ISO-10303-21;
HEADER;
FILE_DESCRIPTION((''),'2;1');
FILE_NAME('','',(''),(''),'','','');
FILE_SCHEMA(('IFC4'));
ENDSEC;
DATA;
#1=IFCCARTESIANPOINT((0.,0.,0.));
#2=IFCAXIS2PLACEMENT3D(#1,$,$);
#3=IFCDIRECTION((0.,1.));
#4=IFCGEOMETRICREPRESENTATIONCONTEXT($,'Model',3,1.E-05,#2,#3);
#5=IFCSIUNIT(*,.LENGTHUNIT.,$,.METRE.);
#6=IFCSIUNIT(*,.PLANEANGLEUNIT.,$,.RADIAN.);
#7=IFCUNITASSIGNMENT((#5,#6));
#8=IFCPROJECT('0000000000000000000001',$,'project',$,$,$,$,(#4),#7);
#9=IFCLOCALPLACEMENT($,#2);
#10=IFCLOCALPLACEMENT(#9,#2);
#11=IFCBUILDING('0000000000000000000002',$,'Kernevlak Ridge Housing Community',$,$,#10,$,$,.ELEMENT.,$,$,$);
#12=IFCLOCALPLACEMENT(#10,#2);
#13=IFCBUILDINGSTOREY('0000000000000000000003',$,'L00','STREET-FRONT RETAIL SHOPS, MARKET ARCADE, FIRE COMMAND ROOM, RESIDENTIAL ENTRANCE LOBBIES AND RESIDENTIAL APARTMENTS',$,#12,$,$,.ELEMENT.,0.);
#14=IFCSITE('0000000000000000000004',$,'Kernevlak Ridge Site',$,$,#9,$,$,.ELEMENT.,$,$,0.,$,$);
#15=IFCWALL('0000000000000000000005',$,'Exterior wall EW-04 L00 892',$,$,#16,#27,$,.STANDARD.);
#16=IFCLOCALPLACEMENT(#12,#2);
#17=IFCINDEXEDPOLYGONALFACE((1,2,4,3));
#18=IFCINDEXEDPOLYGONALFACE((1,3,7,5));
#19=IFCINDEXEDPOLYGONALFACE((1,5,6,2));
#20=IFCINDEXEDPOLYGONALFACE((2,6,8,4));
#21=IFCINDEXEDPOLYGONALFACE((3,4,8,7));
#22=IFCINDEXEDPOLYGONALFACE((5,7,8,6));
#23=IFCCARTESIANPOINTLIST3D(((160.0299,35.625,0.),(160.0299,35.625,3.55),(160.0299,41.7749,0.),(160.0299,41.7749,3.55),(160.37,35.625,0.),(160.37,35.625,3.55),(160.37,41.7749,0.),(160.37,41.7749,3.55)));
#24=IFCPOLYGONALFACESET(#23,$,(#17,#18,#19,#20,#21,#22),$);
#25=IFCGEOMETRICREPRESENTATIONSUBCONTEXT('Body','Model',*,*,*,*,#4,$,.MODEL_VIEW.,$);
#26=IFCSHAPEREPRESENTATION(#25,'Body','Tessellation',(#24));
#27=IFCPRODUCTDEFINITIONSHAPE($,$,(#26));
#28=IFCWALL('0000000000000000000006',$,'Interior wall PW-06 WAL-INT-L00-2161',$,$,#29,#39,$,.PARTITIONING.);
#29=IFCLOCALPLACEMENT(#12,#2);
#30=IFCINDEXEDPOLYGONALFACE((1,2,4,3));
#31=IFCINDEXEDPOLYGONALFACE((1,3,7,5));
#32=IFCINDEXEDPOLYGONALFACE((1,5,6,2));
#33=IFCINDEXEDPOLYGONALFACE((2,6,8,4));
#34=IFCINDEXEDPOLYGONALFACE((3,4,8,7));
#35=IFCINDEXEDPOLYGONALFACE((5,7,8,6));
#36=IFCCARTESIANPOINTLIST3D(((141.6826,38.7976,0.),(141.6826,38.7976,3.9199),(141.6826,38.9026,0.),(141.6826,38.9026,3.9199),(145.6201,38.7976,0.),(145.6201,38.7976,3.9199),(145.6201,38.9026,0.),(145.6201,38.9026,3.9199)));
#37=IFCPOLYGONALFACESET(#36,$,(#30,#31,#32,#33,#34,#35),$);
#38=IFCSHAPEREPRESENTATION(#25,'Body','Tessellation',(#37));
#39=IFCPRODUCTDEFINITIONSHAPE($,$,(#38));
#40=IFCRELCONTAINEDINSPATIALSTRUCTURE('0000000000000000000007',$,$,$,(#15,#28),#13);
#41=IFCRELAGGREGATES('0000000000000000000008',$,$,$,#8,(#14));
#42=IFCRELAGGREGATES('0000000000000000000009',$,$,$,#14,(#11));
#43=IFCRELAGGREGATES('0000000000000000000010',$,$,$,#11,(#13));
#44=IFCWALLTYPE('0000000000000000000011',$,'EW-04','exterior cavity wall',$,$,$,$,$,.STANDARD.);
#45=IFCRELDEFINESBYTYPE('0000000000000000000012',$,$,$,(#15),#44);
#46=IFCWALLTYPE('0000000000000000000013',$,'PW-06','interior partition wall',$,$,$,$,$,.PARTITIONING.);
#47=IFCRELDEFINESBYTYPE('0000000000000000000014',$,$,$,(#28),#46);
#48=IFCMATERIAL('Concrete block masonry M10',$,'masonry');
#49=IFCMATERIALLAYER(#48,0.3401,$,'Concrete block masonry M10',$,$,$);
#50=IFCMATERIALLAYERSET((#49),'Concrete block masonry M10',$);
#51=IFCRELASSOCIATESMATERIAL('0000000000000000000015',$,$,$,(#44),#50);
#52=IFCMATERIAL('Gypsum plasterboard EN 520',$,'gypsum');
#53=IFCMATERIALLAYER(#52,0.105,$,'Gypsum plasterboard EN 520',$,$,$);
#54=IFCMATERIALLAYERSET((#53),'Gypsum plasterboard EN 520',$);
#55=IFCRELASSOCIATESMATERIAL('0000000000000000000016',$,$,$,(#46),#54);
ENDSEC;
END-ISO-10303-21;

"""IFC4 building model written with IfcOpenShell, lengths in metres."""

from ifc_helpers import new_model, si_unit, direction, frame, frame_2d, origin, place, context, subcontext, project, spatial, rectangle, extrude, material, layer, layer_set, type_object, element, save


model = new_model("IFC4")

# Units and contexts
model_context = context("Model", 3, precision=1e-05, world=origin(), true_north=direction((0.0, 1.0)))
body_context = subcontext(model_context, "Body", "Model", "MODEL_VIEW")
ifc_project = project(units=[si_unit("LENGTHUNIT", "METRE"), si_unit("PLANEANGLEUNIT", "RADIAN")], contexts=[model_context])

# Site, building, storey
site_placement = place(None, origin())
site = spatial("IfcSite", under=ifc_project, at=site_placement, Name="Kernevlak Ridge Site", CompositionType="ELEMENT", RefElevation=0.0)
building_placement = place(site_placement, origin())
building = spatial("IfcBuilding", under=site, at=building_placement, Name="Kernevlak Ridge Housing Community", CompositionType="ELEMENT")
storey_placement = place(building_placement, origin())
storey = spatial("IfcBuildingStorey", under=building, at=storey_placement, Name="L00", Description="STREET-FRONT RETAIL SHOPS, MARKET ARCADE, FIRE COMMAND ROOM, RESIDENTIAL ENTRANCE LOBBIES AND RESIDENTIAL APARTMENTS", CompositionType="ELEMENT", Elevation=0.0)

# Shared definitions
ifc_material_1 = material(Name="Concrete block masonry M10", Category="masonry")
ifc_layer_1 = layer(ifc_material_1, 0.3401, Name="Concrete block masonry M10")
ifc_layer_set_1 = layer_set([ifc_layer_1], Name="Concrete block masonry M10")
wall_type_1 = type_object("IfcWallType", Name="EW-04", Description="exterior cavity wall", PredefinedType="STANDARD", material=ifc_layer_set_1)

# Walls
wall_1_placement = place(storey_placement, frame((160.2, 35.625, 0.0), z_axis=(0.0, 0.0, 1.0), x_axis=(0.0, 1.0, 0.0)))
element("IfcWall", 1, at=wall_1_placement, inside=storey, type_object=wall_type_1, Name="Exterior wall EW-04 L00 892", PredefinedType="STANDARD", context=body_context, shape_type="SweptSolid", body=[
    extrude(rectangle(XDim=6.1499, YDim=0.3401, at=frame_2d((3.075, 0.0))), origin(), (0.0, 0.0, 1.0), 3.55),
])
ifc_material_2 = material(Name="Gypsum plasterboard EN 520", Category="gypsum")
ifc_layer_2 = layer(ifc_material_2, 0.105, Name="Gypsum plasterboard EN 520")
ifc_layer_set_2 = layer_set([ifc_layer_2], Name="Gypsum plasterboard EN 520")
wall_type_2 = type_object("IfcWallType", Name="PW-06", Description="interior partition wall", PredefinedType="PARTITIONING", material=ifc_layer_set_2)
wall_2_placement = place(storey_placement, frame((141.6826, 38.8501, 0.0), z_axis=(0.0, 0.0, 1.0), x_axis=(1.0, 0.0, 0.0)))
element("IfcWall", 2, at=wall_2_placement, inside=storey, type_object=wall_type_2, Name="Interior wall PW-06 WAL-INT-L00-2161", PredefinedType="PARTITIONING", context=body_context, shape_type="SweptSolid", body=[
    extrude(rectangle(XDim=3.9375, YDim=0.105, at=frame_2d((1.9688, 0.0))), origin(), (0.0, 0.0, 1.0), 3.9199),
])

save(model, "model.ifc")
